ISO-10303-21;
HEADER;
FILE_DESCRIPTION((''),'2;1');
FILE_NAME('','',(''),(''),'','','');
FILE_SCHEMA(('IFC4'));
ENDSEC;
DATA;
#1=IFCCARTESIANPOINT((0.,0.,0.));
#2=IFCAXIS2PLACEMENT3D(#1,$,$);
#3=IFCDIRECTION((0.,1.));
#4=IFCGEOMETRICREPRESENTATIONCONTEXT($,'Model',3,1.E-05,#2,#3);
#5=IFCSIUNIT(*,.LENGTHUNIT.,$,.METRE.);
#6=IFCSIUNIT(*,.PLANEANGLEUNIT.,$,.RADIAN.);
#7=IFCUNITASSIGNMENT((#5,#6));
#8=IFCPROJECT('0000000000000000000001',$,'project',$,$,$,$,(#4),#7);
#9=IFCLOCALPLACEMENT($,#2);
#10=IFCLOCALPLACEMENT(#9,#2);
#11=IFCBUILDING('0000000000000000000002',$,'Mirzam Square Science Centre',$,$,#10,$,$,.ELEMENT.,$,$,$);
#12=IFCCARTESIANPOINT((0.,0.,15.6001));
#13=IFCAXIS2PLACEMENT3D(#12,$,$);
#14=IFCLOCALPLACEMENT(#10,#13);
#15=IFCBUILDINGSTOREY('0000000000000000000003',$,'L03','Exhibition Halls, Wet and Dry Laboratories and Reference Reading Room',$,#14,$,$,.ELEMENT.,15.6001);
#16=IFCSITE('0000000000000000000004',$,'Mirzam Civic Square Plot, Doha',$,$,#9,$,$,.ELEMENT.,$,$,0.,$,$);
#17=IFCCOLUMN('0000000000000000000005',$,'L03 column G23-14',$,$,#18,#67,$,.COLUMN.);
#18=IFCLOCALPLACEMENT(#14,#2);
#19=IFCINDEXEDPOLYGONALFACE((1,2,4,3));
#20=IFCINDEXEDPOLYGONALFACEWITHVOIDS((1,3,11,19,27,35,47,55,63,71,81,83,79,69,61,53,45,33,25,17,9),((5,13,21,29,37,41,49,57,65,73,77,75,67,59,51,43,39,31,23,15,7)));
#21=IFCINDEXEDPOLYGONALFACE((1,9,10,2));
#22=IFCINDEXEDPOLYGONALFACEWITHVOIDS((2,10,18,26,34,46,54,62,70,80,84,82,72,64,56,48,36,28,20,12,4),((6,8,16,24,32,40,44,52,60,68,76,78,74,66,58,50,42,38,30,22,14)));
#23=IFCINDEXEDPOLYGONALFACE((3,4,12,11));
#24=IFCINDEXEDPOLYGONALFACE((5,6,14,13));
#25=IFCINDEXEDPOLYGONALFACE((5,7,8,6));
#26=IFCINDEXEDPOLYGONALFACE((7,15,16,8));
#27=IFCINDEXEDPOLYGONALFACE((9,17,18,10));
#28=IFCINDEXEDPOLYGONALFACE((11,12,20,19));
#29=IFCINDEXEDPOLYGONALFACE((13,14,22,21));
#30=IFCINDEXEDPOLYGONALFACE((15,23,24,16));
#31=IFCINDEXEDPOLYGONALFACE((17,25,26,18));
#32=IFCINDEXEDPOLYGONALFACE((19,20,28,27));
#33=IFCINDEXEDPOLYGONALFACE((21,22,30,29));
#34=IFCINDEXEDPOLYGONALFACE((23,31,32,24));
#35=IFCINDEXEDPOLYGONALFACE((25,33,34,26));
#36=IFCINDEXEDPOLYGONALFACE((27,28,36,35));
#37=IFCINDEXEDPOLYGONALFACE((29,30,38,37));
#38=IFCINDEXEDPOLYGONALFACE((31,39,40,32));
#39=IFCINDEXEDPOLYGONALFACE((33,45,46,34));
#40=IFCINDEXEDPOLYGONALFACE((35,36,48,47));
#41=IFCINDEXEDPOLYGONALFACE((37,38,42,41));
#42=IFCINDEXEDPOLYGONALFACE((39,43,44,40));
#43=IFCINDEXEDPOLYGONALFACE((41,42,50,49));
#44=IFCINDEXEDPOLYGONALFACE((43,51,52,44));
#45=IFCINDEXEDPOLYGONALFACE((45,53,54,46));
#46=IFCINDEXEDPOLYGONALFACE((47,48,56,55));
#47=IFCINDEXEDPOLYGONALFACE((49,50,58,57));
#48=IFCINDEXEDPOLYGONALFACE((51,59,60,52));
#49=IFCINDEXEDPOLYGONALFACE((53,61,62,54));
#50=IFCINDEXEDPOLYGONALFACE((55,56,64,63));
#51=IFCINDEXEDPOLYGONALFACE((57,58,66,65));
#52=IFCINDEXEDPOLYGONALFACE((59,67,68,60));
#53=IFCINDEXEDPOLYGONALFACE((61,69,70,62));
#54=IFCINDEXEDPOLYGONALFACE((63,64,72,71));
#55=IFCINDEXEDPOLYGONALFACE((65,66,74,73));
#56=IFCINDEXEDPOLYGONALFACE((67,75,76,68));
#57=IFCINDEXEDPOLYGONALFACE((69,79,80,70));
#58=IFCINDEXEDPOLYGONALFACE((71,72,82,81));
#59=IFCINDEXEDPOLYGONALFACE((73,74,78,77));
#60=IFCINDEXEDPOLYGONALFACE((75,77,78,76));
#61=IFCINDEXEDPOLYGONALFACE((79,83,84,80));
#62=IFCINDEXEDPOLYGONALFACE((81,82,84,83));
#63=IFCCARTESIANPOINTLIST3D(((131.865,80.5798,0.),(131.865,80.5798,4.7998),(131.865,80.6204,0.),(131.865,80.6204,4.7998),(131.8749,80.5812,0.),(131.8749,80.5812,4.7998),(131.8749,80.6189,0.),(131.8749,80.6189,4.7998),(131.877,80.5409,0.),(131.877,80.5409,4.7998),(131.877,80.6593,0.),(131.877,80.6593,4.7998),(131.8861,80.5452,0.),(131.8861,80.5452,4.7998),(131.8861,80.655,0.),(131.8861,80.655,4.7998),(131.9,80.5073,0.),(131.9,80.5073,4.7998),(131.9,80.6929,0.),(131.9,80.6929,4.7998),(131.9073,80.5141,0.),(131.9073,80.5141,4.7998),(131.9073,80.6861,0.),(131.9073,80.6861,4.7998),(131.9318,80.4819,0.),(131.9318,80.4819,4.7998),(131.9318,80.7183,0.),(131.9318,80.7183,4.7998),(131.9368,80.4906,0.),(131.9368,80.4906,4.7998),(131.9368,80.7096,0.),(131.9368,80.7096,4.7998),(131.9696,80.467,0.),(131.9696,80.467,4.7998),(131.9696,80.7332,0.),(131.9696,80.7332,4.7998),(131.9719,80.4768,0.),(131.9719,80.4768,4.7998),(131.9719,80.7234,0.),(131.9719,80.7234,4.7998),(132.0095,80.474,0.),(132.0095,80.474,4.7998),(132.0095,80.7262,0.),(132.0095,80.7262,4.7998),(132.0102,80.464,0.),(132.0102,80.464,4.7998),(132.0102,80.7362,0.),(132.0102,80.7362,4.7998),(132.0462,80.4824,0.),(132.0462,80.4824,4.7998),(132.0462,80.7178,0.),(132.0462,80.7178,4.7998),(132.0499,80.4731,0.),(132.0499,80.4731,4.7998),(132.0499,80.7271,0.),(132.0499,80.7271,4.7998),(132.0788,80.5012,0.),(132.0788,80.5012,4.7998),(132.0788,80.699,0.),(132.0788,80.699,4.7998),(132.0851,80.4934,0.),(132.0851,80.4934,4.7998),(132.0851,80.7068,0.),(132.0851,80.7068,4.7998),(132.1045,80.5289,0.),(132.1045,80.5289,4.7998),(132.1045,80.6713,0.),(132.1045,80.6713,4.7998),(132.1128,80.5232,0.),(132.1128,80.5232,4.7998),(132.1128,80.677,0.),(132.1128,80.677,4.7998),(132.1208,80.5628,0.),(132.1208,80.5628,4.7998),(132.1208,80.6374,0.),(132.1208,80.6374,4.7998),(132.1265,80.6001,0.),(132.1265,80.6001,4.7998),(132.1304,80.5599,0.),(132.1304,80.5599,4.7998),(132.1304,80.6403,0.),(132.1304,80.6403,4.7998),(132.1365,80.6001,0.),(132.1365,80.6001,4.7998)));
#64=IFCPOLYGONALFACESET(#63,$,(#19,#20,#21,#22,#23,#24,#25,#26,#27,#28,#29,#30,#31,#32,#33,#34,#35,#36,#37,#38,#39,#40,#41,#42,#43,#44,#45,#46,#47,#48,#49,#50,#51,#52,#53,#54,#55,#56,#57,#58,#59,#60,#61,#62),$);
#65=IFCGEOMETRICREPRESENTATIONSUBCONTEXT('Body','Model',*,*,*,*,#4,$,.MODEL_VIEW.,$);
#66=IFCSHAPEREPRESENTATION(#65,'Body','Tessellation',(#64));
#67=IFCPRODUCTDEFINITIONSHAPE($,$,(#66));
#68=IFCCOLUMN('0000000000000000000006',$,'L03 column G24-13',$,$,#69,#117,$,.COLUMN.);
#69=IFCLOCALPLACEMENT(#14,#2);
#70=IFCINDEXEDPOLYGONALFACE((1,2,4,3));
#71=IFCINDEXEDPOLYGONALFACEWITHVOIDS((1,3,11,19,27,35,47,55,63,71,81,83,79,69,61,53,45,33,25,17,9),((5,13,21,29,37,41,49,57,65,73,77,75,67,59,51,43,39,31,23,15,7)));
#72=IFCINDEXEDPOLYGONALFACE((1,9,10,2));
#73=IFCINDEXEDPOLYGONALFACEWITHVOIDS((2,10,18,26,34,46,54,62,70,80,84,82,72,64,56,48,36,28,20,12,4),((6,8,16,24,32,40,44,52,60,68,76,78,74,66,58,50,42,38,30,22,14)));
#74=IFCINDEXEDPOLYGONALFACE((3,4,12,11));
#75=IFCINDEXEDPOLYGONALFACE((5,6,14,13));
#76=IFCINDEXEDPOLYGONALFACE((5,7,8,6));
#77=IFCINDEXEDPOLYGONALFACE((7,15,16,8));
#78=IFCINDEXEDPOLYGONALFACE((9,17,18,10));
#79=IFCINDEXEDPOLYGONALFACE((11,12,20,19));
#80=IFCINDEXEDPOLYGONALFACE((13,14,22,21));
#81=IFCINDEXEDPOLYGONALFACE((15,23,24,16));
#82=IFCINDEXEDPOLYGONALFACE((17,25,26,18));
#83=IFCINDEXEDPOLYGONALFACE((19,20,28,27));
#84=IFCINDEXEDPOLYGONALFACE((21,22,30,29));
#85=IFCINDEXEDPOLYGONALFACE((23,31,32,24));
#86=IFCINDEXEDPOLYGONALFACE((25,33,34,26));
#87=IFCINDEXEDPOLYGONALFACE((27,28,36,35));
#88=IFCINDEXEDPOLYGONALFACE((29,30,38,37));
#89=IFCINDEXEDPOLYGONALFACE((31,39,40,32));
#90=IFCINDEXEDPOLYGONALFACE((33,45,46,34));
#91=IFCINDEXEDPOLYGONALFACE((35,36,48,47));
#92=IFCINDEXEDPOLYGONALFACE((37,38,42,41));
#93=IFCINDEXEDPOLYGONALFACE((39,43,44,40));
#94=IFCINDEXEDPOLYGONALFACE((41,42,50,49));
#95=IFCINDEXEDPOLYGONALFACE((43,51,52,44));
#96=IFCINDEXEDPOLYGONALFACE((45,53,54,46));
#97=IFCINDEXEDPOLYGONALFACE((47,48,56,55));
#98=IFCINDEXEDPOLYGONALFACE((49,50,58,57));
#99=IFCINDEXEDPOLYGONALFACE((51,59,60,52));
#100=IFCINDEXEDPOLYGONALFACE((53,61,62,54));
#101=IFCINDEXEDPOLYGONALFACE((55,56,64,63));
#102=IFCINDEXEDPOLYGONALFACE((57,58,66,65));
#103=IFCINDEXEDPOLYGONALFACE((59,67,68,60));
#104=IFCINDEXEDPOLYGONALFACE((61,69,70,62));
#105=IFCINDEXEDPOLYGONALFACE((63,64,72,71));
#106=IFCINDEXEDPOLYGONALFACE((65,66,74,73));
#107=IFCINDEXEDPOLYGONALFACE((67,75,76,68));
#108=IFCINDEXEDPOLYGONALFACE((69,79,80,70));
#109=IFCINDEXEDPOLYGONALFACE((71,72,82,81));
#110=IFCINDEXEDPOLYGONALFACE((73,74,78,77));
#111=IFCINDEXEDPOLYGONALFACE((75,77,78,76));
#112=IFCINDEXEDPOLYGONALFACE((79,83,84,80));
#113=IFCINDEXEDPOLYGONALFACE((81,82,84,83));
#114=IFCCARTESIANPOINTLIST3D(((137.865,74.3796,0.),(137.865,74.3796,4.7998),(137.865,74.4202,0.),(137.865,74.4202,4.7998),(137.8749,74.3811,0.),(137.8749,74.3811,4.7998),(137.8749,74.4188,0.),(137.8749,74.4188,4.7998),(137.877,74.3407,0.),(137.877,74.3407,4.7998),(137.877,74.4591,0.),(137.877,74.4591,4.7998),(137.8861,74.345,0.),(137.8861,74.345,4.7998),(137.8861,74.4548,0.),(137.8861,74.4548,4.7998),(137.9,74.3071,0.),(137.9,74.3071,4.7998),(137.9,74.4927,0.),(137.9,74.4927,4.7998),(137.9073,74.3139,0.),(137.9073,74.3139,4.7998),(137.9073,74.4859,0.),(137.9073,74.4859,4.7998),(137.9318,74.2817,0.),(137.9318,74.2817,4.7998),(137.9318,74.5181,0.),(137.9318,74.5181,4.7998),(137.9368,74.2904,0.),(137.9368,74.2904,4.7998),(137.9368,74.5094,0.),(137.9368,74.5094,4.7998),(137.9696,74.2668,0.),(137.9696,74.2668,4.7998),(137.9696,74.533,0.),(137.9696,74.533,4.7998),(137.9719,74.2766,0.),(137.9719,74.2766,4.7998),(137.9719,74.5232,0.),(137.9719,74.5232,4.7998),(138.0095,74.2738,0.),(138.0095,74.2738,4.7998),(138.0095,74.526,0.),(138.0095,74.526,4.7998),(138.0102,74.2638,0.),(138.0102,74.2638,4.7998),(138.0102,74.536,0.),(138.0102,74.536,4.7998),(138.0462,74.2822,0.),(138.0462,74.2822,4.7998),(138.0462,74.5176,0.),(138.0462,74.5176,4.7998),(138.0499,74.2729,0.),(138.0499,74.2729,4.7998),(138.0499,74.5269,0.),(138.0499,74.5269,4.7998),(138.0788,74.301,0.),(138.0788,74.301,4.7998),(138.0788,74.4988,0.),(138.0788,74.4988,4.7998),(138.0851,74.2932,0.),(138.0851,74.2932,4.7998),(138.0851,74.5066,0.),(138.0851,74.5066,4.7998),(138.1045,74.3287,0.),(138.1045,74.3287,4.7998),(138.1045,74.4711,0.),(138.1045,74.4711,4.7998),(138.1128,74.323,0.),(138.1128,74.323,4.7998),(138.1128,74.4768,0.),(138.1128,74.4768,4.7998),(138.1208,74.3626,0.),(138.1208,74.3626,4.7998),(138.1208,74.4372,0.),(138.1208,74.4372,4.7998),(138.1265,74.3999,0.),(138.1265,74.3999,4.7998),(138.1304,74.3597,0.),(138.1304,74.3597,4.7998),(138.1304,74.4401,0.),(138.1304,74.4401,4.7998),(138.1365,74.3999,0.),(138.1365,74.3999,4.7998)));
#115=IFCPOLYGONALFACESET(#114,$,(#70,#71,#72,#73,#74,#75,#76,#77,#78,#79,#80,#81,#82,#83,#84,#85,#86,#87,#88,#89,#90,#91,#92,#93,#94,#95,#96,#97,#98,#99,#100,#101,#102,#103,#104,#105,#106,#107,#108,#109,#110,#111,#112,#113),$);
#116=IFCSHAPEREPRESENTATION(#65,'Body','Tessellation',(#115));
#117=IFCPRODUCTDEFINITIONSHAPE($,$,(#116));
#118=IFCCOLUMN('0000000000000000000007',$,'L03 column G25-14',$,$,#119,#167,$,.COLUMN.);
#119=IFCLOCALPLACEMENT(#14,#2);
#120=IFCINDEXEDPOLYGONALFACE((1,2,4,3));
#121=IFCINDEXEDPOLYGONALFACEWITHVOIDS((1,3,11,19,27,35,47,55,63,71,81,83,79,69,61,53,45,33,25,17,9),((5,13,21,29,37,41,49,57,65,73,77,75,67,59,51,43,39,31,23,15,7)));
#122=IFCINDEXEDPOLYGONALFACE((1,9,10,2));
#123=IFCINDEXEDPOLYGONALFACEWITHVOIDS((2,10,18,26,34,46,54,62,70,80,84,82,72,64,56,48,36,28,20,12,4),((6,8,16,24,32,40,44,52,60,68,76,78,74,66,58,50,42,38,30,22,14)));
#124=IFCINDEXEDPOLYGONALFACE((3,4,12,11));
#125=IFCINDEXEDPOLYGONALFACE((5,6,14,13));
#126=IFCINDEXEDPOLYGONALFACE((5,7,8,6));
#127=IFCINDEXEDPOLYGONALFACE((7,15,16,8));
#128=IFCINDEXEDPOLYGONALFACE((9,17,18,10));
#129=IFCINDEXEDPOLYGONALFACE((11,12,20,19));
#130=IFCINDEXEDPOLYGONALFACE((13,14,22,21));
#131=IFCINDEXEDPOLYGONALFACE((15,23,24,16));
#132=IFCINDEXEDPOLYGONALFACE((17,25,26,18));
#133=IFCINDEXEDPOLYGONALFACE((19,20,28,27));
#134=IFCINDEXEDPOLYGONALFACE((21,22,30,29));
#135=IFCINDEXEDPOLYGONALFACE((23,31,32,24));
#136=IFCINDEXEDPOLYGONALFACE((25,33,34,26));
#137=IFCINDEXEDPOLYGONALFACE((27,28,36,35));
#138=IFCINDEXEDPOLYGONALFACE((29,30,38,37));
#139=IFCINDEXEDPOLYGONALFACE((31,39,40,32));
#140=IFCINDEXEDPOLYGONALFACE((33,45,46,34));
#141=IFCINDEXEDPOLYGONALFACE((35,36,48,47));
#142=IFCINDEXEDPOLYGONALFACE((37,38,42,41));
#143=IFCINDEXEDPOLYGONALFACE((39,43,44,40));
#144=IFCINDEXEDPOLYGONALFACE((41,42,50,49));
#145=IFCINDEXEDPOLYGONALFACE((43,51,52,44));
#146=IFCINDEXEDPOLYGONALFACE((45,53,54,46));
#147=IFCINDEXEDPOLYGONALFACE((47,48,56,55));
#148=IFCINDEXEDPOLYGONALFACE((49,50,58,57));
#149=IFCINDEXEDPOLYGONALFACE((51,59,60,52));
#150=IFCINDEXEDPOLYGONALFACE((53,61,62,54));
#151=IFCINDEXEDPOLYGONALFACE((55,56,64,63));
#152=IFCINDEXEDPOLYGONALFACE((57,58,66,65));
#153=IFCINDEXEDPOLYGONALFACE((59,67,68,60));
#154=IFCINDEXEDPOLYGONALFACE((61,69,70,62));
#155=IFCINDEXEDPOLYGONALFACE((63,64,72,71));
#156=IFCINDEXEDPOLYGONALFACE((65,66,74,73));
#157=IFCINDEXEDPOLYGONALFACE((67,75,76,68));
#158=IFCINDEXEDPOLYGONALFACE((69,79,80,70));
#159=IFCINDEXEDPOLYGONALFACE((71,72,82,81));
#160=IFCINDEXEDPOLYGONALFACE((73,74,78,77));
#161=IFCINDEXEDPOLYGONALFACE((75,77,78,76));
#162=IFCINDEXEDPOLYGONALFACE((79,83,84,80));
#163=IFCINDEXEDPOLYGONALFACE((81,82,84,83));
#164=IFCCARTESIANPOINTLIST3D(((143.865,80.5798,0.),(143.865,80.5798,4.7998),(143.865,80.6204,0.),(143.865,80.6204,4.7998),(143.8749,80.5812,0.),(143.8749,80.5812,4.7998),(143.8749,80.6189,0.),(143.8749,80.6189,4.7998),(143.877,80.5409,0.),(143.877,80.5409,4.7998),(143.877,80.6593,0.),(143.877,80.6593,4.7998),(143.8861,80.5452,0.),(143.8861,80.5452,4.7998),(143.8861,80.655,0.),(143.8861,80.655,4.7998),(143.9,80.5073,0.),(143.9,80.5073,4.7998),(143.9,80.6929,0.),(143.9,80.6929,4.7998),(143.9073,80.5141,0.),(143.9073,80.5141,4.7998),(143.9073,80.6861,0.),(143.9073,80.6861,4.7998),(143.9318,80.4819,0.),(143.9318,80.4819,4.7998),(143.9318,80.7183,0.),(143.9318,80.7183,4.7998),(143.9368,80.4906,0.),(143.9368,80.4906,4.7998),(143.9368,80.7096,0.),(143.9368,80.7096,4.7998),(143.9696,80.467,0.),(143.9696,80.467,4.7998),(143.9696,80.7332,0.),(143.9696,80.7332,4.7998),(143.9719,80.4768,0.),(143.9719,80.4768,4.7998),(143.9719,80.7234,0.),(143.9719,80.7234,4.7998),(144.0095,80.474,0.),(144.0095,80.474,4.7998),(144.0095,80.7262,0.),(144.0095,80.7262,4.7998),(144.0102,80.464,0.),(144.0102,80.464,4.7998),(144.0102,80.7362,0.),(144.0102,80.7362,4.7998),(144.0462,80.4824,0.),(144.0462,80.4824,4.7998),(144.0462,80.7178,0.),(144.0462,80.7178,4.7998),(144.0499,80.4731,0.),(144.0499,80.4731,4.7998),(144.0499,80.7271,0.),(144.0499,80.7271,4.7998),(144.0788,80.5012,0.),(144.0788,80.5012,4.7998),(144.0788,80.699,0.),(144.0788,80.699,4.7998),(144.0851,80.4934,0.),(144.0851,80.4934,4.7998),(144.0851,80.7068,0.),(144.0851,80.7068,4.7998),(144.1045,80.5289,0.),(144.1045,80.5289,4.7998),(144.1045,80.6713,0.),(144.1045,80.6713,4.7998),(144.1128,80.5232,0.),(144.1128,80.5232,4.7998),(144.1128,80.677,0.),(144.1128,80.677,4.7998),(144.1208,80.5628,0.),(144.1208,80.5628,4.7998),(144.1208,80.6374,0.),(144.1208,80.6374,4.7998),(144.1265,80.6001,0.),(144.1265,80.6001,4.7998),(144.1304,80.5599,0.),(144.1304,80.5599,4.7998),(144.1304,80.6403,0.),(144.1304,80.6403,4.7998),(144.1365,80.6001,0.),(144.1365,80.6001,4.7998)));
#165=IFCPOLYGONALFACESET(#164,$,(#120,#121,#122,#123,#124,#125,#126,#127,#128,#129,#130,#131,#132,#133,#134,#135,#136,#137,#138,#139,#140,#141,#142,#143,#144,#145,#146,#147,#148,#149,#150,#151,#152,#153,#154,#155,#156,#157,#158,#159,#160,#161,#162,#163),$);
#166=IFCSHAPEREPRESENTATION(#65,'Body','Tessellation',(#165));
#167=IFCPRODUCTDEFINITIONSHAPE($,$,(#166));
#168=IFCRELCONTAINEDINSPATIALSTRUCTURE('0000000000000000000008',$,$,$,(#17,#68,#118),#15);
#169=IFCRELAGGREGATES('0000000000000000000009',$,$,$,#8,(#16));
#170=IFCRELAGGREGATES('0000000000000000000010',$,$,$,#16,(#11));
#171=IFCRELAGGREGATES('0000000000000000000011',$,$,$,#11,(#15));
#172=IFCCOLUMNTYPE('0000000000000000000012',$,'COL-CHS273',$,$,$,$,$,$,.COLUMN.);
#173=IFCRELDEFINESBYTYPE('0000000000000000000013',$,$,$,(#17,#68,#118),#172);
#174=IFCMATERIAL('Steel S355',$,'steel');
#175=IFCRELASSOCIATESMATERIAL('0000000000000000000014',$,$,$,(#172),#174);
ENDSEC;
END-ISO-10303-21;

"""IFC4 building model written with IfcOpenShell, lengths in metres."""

from ifc_helpers import new_model, si_unit, direction, frame, origin, origin_2d, place, context, subcontext, project, spatial, hollow_circle, extrude, material, material_profile, profile_set, type_object, element, save


model = new_model("IFC4")

# Units and contexts
model_context = context("Model", 3, precision=1e-05, world=origin(), true_north=direction((0.0, 1.0)))
body_context = subcontext(model_context, "Body", "Model", "MODEL_VIEW")
ifc_project = project(units=[si_unit("LENGTHUNIT", "METRE"), si_unit("PLANEANGLEUNIT", "RADIAN")], contexts=[model_context])

# Site, building, storey
site_placement = place(None, origin())
site = spatial("IfcSite", under=ifc_project, at=site_placement, Name="Mirzam Civic Square Plot, Doha", CompositionType="ELEMENT", RefElevation=0.0)
building_placement = place(site_placement, origin())
building = spatial("IfcBuilding", under=site, at=building_placement, Name="Mirzam Square Science Centre", CompositionType="ELEMENT")
storey_placement = place(building_placement, frame((0.0, 0.0, 15.6001)))
storey = spatial("IfcBuildingStorey", under=building, at=storey_placement, Name="L03", Description="Exhibition Halls, Wet and Dry Laboratories and Reference Reading Room", CompositionType="ELEMENT", Elevation=15.6001)

# Columns
ifc_material_1 = material(Name="Steel S355", Category="steel")
ifc_material_profile_1 = material_profile(ifc_material_1, hollow_circle(Radius=0.1365, WallThickness=0.01, at=origin_2d()), Name="273.0x10.0CHS")
ifc_profile_set_1 = profile_set([ifc_material_profile_1], Name="Steel S355")
column_type_1 = type_object("IfcColumnType", Name="COL-CHS273", PredefinedType="COLUMN", material=ifc_profile_set_1)
for number, where, z_axis, x_axis, name in (
    (1, (132.0, 80.6001, 0.0), (0.0, 0.0, 1.0), (1.0, 0.0, 0.0), "L03 column G23-14"),
    (2, (138.0, 74.3999, 0.0), (0.0, 0.0, 1.0), (1.0, 0.0, 0.0), "L03 column G24-13"),
    (3, (144.0, 80.6001, 0.0), (0.0, 0.0, 1.0), (1.0, 0.0, 0.0), "L03 column G25-14"),
):
    element("IfcColumn", number, at=place(storey_placement, frame(where, z_axis=z_axis, x_axis=x_axis)), inside=storey, type_object=column_type_1, Name=name, PredefinedType="COLUMN", context=body_context, shape_type="SweptSolid", body=[
        extrude(hollow_circle(Radius=0.1365, WallThickness=0.01, at=origin_2d()), origin(), (0.0, 0.0, 1.0), 4.7998),
    ])

save(model, "model.ifc")
